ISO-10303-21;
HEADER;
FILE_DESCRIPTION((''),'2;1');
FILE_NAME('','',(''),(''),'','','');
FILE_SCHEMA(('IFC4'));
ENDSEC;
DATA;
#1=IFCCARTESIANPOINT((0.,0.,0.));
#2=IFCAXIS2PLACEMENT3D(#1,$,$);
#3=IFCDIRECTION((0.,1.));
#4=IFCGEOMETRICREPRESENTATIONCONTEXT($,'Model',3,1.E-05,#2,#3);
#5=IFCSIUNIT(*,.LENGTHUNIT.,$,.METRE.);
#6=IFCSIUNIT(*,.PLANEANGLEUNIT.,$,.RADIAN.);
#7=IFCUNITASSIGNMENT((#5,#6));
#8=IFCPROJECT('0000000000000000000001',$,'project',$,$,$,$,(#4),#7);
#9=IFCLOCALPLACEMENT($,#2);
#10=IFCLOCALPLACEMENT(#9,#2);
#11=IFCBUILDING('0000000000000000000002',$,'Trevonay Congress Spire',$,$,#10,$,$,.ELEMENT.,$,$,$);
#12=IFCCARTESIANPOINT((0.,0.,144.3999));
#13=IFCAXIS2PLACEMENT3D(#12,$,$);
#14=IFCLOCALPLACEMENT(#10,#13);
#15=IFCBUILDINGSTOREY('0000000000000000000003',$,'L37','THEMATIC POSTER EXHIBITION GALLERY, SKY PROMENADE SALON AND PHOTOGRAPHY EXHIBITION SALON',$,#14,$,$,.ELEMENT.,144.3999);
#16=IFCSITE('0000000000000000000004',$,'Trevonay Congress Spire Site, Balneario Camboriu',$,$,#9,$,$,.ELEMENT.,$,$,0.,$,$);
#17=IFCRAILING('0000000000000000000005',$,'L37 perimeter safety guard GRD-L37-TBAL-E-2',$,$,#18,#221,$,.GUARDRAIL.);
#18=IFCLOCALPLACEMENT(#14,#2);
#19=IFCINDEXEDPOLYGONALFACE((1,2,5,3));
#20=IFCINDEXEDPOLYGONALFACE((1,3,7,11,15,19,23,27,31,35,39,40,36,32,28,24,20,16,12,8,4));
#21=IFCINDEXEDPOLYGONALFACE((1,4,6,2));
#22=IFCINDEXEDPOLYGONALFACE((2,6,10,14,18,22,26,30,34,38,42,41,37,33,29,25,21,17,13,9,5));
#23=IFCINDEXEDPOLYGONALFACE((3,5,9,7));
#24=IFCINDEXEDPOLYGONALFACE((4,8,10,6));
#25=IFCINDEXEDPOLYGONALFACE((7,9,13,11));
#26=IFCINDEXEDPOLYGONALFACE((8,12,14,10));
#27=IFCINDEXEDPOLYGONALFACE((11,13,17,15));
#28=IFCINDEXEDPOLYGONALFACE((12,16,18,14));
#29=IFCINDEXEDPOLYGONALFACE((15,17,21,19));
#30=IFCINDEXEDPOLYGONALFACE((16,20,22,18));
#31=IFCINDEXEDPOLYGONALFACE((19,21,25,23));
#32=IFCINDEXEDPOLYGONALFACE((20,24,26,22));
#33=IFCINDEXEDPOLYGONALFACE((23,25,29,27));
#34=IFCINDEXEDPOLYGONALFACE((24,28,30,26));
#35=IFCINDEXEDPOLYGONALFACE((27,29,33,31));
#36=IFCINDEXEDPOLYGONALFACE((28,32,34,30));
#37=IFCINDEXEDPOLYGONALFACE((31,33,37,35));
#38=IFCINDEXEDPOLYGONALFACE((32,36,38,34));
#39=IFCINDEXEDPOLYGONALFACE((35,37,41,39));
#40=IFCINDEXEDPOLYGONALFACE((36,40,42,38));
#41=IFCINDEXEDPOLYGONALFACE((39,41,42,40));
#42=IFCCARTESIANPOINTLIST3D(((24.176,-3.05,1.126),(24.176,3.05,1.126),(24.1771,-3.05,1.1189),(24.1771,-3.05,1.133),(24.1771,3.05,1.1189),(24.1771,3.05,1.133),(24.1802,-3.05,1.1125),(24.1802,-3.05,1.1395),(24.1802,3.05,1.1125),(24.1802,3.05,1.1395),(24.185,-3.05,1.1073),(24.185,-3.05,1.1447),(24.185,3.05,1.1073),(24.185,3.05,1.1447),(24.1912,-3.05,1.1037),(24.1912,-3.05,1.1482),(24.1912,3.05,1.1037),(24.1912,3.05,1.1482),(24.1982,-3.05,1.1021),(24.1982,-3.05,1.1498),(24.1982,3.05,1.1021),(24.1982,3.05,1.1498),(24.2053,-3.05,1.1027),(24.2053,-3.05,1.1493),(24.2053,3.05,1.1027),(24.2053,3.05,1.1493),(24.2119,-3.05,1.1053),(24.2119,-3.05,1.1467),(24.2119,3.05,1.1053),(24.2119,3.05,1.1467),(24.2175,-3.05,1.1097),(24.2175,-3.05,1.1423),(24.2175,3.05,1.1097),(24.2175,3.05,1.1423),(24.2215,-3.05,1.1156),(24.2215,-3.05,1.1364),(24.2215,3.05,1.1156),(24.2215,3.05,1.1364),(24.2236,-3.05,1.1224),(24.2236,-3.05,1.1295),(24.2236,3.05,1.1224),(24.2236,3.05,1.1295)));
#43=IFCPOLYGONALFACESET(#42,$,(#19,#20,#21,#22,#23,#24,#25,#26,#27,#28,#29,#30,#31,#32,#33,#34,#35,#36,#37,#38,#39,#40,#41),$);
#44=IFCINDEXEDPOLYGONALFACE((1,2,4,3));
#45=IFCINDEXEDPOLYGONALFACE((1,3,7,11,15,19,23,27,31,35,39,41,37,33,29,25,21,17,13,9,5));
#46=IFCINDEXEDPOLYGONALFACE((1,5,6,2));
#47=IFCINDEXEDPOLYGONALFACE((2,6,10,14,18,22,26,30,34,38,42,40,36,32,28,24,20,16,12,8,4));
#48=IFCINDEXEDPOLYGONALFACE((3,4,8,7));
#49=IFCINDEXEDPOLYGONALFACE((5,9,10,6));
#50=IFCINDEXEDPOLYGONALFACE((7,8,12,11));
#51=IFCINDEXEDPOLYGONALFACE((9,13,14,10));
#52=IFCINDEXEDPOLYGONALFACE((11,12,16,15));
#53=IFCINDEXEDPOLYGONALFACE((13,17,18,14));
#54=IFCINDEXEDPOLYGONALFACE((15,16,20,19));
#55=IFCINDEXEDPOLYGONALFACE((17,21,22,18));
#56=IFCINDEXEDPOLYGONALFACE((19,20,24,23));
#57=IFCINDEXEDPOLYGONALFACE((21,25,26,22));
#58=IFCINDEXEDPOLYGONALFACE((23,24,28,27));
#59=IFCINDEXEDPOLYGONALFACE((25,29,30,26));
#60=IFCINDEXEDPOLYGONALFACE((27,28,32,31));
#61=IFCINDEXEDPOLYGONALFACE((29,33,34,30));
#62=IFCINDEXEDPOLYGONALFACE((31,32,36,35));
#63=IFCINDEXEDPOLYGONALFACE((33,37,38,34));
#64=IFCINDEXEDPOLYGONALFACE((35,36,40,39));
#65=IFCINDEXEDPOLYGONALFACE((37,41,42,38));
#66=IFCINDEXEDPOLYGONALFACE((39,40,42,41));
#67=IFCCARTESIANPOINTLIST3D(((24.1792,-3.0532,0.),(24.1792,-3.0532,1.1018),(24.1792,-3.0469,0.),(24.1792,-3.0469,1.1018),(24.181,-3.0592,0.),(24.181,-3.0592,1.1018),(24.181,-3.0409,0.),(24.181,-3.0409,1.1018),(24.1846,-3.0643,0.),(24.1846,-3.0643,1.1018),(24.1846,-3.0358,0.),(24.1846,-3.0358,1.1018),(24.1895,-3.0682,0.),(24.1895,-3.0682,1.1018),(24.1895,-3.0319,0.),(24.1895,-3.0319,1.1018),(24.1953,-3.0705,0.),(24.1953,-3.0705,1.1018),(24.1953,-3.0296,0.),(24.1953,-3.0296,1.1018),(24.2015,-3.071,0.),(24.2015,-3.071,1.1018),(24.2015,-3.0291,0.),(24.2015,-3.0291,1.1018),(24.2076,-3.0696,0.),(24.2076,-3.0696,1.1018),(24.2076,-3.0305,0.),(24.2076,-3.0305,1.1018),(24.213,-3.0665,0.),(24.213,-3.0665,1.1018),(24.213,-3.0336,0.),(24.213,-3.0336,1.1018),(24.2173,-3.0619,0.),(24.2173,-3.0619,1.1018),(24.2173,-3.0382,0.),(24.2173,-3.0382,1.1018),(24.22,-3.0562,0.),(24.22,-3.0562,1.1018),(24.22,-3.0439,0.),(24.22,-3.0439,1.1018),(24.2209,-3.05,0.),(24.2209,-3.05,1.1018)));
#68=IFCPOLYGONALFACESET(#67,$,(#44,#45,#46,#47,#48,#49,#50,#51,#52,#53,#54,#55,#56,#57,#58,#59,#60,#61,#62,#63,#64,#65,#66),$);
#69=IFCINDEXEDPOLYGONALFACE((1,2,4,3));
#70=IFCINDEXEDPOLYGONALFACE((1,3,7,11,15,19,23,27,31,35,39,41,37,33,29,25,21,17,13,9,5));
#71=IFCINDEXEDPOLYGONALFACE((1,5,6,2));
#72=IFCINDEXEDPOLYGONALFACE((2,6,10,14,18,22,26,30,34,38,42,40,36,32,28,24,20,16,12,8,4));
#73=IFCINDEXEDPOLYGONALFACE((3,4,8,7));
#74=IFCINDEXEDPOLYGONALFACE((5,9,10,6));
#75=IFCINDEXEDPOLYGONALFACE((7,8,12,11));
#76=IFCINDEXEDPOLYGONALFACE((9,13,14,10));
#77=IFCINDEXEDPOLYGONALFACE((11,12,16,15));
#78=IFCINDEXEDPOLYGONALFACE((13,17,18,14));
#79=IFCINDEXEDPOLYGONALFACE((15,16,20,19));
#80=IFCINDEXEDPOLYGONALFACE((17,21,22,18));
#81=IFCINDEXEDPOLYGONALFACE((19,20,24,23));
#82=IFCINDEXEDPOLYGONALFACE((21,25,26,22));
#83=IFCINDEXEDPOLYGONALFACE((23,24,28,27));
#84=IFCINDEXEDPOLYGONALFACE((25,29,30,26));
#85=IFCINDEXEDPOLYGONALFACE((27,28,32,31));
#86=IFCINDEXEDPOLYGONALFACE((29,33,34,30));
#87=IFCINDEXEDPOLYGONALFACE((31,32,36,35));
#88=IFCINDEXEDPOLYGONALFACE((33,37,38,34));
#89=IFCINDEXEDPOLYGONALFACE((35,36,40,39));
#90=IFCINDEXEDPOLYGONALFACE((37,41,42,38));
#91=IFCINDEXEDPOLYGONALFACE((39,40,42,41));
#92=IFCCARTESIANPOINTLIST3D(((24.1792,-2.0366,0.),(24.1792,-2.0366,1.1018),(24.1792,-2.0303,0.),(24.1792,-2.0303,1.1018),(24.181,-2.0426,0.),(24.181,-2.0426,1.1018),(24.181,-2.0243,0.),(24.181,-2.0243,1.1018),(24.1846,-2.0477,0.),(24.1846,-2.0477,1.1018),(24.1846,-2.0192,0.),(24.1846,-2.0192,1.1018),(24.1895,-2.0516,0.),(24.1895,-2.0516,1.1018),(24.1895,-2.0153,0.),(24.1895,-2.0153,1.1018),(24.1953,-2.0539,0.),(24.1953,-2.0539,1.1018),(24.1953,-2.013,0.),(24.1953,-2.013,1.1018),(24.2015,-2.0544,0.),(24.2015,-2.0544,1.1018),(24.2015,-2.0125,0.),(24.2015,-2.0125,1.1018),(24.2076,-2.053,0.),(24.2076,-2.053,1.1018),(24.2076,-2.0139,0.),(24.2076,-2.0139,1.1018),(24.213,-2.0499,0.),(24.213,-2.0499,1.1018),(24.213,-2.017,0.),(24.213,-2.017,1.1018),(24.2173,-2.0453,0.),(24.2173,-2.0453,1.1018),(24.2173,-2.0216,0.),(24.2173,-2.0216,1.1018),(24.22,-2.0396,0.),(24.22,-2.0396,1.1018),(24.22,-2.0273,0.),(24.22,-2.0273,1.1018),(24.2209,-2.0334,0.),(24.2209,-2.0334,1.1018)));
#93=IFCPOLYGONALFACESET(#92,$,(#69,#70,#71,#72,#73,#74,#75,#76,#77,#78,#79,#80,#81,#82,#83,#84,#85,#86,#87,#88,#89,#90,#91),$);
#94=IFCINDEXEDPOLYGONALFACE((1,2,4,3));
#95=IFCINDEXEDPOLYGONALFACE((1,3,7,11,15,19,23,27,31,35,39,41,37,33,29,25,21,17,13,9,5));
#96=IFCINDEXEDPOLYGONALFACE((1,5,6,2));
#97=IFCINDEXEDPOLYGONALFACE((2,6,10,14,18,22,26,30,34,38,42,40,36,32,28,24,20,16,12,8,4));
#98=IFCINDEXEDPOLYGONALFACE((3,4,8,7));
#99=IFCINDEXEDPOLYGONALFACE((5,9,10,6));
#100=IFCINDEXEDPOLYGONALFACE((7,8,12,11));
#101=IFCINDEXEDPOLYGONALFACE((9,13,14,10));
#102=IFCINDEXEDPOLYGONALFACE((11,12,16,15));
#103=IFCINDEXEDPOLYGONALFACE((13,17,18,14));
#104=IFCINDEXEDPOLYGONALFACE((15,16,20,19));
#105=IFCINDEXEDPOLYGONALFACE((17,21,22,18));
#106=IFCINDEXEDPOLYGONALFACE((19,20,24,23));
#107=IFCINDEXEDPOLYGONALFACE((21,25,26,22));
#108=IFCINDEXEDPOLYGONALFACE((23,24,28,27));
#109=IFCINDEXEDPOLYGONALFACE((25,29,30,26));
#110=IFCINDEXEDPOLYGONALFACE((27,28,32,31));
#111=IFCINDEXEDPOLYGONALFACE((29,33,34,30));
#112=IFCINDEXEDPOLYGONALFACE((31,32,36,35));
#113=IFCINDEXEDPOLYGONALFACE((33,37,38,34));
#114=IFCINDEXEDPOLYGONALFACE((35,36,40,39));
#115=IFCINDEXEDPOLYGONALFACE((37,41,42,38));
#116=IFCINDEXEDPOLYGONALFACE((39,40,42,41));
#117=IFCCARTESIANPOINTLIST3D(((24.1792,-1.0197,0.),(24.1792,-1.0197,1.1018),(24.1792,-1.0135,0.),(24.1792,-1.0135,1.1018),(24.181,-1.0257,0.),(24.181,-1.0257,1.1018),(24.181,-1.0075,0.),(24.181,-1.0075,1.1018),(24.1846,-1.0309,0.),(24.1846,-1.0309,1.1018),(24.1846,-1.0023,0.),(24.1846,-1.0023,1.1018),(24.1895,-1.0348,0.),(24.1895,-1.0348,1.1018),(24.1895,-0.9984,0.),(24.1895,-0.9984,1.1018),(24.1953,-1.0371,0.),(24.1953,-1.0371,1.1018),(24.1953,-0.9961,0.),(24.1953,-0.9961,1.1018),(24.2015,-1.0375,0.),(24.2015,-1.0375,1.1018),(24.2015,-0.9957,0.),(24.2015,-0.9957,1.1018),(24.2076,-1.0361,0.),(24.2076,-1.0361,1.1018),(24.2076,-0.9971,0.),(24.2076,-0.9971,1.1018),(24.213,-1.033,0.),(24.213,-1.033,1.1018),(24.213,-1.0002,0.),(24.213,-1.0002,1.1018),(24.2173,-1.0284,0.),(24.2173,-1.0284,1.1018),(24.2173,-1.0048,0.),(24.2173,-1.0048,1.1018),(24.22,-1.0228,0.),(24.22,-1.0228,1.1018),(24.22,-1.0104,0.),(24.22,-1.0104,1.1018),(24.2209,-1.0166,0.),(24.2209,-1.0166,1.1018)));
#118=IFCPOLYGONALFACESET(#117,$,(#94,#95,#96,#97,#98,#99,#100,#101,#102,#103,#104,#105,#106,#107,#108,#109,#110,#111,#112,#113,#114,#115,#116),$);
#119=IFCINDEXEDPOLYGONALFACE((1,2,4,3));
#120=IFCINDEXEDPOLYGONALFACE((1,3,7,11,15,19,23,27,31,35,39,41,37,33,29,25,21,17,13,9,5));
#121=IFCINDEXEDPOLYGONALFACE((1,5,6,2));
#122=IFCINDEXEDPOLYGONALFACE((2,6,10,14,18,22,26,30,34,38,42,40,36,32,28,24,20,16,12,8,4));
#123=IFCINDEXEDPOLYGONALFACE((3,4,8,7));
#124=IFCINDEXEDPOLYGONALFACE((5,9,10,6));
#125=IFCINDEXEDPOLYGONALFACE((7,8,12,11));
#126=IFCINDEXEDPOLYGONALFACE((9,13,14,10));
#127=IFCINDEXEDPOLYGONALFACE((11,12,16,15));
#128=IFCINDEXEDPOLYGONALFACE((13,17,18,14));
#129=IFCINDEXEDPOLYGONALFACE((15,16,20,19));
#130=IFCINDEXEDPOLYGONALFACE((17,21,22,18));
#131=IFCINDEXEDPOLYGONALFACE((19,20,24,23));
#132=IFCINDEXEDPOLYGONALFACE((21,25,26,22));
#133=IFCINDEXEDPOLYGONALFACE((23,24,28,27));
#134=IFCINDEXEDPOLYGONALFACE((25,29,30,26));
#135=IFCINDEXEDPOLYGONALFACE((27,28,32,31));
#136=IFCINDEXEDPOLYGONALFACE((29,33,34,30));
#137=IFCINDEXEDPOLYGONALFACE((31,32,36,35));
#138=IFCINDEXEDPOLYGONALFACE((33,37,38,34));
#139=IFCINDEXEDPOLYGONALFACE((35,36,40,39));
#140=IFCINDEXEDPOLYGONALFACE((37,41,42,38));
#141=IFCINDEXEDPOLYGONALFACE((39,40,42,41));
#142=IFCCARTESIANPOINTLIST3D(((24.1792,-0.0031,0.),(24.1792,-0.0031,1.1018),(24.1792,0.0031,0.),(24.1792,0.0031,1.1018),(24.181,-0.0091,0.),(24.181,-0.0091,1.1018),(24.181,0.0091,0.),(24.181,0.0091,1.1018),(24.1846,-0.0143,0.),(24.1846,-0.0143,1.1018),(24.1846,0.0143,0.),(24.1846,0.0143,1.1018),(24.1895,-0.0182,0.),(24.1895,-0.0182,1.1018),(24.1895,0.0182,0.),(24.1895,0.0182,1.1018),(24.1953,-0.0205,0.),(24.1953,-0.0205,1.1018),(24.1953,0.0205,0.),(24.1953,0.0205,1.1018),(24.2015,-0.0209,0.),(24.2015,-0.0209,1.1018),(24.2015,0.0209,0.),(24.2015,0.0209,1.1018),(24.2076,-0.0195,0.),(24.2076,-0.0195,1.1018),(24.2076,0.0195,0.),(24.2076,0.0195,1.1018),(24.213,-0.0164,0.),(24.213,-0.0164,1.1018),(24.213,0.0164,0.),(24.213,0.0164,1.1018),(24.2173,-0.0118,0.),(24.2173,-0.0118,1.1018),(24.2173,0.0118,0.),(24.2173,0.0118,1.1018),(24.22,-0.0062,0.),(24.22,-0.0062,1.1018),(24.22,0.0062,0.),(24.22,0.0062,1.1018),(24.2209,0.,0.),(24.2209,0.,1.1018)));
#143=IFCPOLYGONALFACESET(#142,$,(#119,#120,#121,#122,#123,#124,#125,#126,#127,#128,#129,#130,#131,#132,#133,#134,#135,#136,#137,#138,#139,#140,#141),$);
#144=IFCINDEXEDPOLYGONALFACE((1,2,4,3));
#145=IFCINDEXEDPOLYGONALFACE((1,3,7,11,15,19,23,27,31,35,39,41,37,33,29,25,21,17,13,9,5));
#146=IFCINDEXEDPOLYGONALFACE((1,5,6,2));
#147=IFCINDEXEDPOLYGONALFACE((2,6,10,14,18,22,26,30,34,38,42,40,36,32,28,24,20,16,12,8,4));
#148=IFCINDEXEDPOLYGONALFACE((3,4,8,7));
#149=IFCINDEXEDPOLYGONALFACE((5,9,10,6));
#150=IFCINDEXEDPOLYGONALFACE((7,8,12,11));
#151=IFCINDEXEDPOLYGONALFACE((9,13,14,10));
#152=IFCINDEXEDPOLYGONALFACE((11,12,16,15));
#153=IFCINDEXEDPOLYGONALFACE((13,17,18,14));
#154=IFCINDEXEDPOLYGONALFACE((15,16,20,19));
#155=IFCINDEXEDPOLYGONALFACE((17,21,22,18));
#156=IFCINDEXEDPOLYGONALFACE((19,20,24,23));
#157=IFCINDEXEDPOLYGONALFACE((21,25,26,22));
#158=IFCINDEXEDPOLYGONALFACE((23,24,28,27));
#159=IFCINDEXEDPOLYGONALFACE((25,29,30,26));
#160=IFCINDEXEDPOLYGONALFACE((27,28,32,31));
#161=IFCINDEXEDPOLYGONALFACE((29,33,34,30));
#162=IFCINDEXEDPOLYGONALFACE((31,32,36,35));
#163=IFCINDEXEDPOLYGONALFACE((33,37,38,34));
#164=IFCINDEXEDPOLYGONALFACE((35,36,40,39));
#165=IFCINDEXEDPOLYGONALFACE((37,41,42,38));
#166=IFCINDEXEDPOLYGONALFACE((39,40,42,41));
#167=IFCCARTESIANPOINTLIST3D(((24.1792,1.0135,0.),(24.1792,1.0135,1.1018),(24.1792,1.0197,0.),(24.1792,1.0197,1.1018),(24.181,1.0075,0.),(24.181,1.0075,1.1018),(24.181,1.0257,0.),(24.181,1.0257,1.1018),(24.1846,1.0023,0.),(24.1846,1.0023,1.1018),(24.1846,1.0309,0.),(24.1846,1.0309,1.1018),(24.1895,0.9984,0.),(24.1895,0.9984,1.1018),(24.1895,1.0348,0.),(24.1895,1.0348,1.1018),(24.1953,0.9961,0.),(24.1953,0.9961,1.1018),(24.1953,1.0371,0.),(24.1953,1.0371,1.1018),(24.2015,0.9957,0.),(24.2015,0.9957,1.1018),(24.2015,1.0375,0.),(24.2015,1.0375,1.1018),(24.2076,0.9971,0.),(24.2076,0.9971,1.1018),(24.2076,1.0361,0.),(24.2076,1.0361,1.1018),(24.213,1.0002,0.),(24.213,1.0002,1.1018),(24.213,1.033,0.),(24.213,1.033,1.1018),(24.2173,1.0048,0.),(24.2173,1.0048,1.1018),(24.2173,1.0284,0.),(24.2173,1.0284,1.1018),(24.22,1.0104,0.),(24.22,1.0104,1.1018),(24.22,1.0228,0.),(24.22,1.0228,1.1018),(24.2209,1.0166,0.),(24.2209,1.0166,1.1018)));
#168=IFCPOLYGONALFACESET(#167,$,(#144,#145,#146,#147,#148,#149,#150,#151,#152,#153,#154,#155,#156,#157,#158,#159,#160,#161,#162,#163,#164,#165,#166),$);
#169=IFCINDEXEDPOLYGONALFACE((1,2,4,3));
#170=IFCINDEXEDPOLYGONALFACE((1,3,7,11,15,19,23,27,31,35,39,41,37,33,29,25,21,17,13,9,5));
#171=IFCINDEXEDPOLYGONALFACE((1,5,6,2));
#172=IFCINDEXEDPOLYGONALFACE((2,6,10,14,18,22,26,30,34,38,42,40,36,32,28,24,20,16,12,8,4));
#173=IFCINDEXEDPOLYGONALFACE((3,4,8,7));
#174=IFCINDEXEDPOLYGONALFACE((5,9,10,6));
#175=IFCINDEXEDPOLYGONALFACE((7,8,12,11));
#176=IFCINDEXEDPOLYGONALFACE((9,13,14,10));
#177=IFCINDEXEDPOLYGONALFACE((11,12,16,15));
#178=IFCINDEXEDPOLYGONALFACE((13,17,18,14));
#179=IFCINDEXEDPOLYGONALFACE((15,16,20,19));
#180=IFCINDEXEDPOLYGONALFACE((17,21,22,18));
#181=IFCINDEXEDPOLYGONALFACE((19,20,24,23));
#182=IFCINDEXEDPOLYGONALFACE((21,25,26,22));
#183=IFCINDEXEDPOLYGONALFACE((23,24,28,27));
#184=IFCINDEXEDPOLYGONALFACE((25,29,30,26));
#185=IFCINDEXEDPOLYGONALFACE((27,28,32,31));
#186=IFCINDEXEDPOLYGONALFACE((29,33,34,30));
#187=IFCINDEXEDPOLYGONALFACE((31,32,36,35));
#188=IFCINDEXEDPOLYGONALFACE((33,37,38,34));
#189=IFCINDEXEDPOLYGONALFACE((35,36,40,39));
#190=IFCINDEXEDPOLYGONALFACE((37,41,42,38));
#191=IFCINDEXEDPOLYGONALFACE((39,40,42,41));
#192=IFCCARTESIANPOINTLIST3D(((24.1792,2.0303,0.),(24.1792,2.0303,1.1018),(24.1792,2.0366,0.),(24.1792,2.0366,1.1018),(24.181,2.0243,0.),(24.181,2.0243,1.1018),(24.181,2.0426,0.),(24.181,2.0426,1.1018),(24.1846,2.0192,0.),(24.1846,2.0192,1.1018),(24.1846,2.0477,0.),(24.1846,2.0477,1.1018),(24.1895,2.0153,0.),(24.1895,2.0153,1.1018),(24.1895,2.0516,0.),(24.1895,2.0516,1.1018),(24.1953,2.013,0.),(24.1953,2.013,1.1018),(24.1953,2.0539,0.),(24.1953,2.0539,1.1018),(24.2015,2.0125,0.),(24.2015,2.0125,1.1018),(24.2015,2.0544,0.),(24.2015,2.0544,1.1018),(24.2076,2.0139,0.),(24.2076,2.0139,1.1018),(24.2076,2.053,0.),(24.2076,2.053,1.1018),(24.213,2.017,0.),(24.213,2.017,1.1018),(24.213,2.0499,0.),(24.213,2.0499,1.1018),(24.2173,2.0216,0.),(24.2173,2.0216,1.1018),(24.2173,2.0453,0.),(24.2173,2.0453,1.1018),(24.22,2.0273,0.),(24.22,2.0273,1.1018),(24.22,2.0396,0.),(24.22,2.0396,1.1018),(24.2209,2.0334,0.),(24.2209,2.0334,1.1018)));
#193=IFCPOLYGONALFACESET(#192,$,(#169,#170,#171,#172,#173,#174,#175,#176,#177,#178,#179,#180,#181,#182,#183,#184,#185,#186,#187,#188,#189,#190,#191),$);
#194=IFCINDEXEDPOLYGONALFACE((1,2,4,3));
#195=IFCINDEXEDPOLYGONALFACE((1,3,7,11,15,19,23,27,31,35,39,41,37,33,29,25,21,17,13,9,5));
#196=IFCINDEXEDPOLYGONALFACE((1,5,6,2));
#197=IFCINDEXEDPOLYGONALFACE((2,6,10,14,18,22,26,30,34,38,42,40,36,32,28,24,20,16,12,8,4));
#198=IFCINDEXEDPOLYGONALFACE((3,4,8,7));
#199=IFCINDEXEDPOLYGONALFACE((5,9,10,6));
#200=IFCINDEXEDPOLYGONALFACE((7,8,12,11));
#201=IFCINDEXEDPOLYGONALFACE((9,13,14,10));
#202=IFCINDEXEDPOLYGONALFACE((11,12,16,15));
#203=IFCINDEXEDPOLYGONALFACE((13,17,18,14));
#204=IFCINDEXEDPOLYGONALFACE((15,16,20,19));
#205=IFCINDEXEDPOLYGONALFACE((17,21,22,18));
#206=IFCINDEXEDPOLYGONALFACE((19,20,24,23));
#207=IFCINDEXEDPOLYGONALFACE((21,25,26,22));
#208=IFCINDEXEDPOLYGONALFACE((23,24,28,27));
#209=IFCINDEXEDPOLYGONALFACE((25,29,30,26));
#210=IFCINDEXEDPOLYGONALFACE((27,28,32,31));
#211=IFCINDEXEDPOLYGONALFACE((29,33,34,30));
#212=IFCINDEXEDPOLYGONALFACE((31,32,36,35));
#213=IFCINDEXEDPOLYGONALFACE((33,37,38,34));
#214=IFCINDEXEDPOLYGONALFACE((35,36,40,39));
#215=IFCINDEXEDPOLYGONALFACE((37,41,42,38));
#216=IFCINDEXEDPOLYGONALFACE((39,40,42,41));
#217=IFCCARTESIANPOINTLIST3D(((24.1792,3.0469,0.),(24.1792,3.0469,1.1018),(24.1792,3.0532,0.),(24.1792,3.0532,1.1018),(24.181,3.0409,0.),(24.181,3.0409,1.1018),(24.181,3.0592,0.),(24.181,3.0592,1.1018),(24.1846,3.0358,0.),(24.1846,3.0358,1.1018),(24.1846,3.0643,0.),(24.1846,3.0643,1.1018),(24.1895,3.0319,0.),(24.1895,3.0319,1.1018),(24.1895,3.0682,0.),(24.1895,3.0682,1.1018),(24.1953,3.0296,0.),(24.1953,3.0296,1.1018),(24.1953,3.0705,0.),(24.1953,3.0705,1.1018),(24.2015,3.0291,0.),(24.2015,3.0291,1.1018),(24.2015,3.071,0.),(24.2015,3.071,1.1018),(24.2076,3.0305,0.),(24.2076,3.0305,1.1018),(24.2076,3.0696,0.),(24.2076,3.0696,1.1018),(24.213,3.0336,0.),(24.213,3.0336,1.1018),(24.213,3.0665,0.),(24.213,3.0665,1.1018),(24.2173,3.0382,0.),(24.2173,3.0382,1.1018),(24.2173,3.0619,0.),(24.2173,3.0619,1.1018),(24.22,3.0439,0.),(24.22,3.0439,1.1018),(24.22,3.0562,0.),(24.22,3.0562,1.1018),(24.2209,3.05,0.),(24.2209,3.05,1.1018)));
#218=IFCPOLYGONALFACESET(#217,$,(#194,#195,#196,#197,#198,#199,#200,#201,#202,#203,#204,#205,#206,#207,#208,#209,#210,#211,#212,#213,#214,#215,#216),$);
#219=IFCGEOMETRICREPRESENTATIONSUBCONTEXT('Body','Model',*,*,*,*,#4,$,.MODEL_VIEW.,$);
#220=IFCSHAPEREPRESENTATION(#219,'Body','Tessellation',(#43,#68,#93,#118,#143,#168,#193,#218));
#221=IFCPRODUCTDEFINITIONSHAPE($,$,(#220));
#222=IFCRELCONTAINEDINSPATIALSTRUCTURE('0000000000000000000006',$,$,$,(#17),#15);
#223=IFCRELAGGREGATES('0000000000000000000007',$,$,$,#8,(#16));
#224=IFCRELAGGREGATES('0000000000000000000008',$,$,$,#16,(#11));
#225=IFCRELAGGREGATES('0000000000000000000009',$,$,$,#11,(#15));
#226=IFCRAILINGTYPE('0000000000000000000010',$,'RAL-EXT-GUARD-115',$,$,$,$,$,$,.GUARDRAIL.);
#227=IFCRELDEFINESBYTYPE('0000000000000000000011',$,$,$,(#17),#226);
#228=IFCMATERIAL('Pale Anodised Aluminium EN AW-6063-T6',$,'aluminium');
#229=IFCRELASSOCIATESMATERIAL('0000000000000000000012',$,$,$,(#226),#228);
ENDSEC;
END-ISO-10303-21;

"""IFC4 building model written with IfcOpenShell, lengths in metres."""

from ifc_helpers import new_model, si_unit, direction, frame, origin, origin_2d, place, context, subcontext, project, spatial, circle, extrude, material, type_object, element, save


model = new_model("IFC4")

# Units and contexts
model_context = context("Model", 3, precision=1e-05, world=origin(), true_north=direction((0.0, 1.0)))
body_context = subcontext(model_context, "Body", "Model", "MODEL_VIEW")
ifc_project = project(units=[si_unit("LENGTHUNIT", "METRE"), si_unit("PLANEANGLEUNIT", "RADIAN")], contexts=[model_context])

# Site, building, storey
site_placement = place(None, origin())
site = spatial("IfcSite", under=ifc_project, at=site_placement, Name="Trevonay Congress Spire Site, Balneario Camboriu", CompositionType="ELEMENT", RefElevation=0.0)
building_placement = place(site_placement, origin())
building = spatial("IfcBuilding", under=site, at=building_placement, Name="Trevonay Congress Spire", CompositionType="ELEMENT")
storey_placement = place(building_placement, frame((0.0, 0.0, 144.3999)))
storey = spatial("IfcBuildingStorey", under=building, at=storey_placement, Name="L37", Description="THEMATIC POSTER EXHIBITION GALLERY, SKY PROMENADE SALON AND PHOTOGRAPHY EXHIBITION SALON", CompositionType="ELEMENT", Elevation=144.3999)

# Shared definitions
ifc_material_1 = material(Name="Pale Anodised Aluminium EN AW-6063-T6", Category="aluminium")

# Railing
railing_type = type_object("IfcRailingType", Name="RAL-EXT-GUARD-115", PredefinedType="GUARDRAIL", material=ifc_material_1)
railing_1_placement = place(storey_placement, frame((24.2, -3.05, 0.0)))
element("IfcRailing", 1, at=railing_1_placement, inside=storey, type_object=railing_type, Name="L37 perimeter safety guard GRD-L37-TBAL-E-2", PredefinedType="GUARDRAIL", context=body_context, shape_type="SweptSolid", body=[
    extrude(circle(Radius=0.0239, at=origin_2d()), frame((0.0, 0.0, 1.126), z_axis=(0.0, 1.0, 0.0), x_axis=(-1.0, 0.0, 0.0)), (0.0, 0.0, 1.0), 6.1001),
    extrude(circle(Radius=0.021, at=origin_2d()), origin(), (0.0, 0.0, 1.0), 1.1018),
    extrude(circle(Radius=0.021, at=origin_2d()), frame((0.0, 1.0166, 0.0)), (0.0, 0.0, 1.0), 1.1018),
    extrude(circle(Radius=0.021, at=origin_2d()), frame((0.0, 2.0334, 0.0)), (0.0, 0.0, 1.0), 1.1018),
    extrude(circle(Radius=0.021, at=origin_2d()), frame((0.0, 3.05, 0.0)), (0.0, 0.0, 1.0), 1.1018),
    extrude(circle(Radius=0.021, at=origin_2d()), frame((0.0, 4.0667, 0.0)), (0.0, 0.0, 1.0), 1.1018),
    extrude(circle(Radius=0.021, at=origin_2d()), frame((0.0, 5.0835, 0.0)), (0.0, 0.0, 1.0), 1.1018),
    extrude(circle(Radius=0.021, at=origin_2d()), frame((0.0, 6.1001, 0.0)), (0.0, 0.0, 1.0), 1.1018),
])

save(model, "model.ifc")
